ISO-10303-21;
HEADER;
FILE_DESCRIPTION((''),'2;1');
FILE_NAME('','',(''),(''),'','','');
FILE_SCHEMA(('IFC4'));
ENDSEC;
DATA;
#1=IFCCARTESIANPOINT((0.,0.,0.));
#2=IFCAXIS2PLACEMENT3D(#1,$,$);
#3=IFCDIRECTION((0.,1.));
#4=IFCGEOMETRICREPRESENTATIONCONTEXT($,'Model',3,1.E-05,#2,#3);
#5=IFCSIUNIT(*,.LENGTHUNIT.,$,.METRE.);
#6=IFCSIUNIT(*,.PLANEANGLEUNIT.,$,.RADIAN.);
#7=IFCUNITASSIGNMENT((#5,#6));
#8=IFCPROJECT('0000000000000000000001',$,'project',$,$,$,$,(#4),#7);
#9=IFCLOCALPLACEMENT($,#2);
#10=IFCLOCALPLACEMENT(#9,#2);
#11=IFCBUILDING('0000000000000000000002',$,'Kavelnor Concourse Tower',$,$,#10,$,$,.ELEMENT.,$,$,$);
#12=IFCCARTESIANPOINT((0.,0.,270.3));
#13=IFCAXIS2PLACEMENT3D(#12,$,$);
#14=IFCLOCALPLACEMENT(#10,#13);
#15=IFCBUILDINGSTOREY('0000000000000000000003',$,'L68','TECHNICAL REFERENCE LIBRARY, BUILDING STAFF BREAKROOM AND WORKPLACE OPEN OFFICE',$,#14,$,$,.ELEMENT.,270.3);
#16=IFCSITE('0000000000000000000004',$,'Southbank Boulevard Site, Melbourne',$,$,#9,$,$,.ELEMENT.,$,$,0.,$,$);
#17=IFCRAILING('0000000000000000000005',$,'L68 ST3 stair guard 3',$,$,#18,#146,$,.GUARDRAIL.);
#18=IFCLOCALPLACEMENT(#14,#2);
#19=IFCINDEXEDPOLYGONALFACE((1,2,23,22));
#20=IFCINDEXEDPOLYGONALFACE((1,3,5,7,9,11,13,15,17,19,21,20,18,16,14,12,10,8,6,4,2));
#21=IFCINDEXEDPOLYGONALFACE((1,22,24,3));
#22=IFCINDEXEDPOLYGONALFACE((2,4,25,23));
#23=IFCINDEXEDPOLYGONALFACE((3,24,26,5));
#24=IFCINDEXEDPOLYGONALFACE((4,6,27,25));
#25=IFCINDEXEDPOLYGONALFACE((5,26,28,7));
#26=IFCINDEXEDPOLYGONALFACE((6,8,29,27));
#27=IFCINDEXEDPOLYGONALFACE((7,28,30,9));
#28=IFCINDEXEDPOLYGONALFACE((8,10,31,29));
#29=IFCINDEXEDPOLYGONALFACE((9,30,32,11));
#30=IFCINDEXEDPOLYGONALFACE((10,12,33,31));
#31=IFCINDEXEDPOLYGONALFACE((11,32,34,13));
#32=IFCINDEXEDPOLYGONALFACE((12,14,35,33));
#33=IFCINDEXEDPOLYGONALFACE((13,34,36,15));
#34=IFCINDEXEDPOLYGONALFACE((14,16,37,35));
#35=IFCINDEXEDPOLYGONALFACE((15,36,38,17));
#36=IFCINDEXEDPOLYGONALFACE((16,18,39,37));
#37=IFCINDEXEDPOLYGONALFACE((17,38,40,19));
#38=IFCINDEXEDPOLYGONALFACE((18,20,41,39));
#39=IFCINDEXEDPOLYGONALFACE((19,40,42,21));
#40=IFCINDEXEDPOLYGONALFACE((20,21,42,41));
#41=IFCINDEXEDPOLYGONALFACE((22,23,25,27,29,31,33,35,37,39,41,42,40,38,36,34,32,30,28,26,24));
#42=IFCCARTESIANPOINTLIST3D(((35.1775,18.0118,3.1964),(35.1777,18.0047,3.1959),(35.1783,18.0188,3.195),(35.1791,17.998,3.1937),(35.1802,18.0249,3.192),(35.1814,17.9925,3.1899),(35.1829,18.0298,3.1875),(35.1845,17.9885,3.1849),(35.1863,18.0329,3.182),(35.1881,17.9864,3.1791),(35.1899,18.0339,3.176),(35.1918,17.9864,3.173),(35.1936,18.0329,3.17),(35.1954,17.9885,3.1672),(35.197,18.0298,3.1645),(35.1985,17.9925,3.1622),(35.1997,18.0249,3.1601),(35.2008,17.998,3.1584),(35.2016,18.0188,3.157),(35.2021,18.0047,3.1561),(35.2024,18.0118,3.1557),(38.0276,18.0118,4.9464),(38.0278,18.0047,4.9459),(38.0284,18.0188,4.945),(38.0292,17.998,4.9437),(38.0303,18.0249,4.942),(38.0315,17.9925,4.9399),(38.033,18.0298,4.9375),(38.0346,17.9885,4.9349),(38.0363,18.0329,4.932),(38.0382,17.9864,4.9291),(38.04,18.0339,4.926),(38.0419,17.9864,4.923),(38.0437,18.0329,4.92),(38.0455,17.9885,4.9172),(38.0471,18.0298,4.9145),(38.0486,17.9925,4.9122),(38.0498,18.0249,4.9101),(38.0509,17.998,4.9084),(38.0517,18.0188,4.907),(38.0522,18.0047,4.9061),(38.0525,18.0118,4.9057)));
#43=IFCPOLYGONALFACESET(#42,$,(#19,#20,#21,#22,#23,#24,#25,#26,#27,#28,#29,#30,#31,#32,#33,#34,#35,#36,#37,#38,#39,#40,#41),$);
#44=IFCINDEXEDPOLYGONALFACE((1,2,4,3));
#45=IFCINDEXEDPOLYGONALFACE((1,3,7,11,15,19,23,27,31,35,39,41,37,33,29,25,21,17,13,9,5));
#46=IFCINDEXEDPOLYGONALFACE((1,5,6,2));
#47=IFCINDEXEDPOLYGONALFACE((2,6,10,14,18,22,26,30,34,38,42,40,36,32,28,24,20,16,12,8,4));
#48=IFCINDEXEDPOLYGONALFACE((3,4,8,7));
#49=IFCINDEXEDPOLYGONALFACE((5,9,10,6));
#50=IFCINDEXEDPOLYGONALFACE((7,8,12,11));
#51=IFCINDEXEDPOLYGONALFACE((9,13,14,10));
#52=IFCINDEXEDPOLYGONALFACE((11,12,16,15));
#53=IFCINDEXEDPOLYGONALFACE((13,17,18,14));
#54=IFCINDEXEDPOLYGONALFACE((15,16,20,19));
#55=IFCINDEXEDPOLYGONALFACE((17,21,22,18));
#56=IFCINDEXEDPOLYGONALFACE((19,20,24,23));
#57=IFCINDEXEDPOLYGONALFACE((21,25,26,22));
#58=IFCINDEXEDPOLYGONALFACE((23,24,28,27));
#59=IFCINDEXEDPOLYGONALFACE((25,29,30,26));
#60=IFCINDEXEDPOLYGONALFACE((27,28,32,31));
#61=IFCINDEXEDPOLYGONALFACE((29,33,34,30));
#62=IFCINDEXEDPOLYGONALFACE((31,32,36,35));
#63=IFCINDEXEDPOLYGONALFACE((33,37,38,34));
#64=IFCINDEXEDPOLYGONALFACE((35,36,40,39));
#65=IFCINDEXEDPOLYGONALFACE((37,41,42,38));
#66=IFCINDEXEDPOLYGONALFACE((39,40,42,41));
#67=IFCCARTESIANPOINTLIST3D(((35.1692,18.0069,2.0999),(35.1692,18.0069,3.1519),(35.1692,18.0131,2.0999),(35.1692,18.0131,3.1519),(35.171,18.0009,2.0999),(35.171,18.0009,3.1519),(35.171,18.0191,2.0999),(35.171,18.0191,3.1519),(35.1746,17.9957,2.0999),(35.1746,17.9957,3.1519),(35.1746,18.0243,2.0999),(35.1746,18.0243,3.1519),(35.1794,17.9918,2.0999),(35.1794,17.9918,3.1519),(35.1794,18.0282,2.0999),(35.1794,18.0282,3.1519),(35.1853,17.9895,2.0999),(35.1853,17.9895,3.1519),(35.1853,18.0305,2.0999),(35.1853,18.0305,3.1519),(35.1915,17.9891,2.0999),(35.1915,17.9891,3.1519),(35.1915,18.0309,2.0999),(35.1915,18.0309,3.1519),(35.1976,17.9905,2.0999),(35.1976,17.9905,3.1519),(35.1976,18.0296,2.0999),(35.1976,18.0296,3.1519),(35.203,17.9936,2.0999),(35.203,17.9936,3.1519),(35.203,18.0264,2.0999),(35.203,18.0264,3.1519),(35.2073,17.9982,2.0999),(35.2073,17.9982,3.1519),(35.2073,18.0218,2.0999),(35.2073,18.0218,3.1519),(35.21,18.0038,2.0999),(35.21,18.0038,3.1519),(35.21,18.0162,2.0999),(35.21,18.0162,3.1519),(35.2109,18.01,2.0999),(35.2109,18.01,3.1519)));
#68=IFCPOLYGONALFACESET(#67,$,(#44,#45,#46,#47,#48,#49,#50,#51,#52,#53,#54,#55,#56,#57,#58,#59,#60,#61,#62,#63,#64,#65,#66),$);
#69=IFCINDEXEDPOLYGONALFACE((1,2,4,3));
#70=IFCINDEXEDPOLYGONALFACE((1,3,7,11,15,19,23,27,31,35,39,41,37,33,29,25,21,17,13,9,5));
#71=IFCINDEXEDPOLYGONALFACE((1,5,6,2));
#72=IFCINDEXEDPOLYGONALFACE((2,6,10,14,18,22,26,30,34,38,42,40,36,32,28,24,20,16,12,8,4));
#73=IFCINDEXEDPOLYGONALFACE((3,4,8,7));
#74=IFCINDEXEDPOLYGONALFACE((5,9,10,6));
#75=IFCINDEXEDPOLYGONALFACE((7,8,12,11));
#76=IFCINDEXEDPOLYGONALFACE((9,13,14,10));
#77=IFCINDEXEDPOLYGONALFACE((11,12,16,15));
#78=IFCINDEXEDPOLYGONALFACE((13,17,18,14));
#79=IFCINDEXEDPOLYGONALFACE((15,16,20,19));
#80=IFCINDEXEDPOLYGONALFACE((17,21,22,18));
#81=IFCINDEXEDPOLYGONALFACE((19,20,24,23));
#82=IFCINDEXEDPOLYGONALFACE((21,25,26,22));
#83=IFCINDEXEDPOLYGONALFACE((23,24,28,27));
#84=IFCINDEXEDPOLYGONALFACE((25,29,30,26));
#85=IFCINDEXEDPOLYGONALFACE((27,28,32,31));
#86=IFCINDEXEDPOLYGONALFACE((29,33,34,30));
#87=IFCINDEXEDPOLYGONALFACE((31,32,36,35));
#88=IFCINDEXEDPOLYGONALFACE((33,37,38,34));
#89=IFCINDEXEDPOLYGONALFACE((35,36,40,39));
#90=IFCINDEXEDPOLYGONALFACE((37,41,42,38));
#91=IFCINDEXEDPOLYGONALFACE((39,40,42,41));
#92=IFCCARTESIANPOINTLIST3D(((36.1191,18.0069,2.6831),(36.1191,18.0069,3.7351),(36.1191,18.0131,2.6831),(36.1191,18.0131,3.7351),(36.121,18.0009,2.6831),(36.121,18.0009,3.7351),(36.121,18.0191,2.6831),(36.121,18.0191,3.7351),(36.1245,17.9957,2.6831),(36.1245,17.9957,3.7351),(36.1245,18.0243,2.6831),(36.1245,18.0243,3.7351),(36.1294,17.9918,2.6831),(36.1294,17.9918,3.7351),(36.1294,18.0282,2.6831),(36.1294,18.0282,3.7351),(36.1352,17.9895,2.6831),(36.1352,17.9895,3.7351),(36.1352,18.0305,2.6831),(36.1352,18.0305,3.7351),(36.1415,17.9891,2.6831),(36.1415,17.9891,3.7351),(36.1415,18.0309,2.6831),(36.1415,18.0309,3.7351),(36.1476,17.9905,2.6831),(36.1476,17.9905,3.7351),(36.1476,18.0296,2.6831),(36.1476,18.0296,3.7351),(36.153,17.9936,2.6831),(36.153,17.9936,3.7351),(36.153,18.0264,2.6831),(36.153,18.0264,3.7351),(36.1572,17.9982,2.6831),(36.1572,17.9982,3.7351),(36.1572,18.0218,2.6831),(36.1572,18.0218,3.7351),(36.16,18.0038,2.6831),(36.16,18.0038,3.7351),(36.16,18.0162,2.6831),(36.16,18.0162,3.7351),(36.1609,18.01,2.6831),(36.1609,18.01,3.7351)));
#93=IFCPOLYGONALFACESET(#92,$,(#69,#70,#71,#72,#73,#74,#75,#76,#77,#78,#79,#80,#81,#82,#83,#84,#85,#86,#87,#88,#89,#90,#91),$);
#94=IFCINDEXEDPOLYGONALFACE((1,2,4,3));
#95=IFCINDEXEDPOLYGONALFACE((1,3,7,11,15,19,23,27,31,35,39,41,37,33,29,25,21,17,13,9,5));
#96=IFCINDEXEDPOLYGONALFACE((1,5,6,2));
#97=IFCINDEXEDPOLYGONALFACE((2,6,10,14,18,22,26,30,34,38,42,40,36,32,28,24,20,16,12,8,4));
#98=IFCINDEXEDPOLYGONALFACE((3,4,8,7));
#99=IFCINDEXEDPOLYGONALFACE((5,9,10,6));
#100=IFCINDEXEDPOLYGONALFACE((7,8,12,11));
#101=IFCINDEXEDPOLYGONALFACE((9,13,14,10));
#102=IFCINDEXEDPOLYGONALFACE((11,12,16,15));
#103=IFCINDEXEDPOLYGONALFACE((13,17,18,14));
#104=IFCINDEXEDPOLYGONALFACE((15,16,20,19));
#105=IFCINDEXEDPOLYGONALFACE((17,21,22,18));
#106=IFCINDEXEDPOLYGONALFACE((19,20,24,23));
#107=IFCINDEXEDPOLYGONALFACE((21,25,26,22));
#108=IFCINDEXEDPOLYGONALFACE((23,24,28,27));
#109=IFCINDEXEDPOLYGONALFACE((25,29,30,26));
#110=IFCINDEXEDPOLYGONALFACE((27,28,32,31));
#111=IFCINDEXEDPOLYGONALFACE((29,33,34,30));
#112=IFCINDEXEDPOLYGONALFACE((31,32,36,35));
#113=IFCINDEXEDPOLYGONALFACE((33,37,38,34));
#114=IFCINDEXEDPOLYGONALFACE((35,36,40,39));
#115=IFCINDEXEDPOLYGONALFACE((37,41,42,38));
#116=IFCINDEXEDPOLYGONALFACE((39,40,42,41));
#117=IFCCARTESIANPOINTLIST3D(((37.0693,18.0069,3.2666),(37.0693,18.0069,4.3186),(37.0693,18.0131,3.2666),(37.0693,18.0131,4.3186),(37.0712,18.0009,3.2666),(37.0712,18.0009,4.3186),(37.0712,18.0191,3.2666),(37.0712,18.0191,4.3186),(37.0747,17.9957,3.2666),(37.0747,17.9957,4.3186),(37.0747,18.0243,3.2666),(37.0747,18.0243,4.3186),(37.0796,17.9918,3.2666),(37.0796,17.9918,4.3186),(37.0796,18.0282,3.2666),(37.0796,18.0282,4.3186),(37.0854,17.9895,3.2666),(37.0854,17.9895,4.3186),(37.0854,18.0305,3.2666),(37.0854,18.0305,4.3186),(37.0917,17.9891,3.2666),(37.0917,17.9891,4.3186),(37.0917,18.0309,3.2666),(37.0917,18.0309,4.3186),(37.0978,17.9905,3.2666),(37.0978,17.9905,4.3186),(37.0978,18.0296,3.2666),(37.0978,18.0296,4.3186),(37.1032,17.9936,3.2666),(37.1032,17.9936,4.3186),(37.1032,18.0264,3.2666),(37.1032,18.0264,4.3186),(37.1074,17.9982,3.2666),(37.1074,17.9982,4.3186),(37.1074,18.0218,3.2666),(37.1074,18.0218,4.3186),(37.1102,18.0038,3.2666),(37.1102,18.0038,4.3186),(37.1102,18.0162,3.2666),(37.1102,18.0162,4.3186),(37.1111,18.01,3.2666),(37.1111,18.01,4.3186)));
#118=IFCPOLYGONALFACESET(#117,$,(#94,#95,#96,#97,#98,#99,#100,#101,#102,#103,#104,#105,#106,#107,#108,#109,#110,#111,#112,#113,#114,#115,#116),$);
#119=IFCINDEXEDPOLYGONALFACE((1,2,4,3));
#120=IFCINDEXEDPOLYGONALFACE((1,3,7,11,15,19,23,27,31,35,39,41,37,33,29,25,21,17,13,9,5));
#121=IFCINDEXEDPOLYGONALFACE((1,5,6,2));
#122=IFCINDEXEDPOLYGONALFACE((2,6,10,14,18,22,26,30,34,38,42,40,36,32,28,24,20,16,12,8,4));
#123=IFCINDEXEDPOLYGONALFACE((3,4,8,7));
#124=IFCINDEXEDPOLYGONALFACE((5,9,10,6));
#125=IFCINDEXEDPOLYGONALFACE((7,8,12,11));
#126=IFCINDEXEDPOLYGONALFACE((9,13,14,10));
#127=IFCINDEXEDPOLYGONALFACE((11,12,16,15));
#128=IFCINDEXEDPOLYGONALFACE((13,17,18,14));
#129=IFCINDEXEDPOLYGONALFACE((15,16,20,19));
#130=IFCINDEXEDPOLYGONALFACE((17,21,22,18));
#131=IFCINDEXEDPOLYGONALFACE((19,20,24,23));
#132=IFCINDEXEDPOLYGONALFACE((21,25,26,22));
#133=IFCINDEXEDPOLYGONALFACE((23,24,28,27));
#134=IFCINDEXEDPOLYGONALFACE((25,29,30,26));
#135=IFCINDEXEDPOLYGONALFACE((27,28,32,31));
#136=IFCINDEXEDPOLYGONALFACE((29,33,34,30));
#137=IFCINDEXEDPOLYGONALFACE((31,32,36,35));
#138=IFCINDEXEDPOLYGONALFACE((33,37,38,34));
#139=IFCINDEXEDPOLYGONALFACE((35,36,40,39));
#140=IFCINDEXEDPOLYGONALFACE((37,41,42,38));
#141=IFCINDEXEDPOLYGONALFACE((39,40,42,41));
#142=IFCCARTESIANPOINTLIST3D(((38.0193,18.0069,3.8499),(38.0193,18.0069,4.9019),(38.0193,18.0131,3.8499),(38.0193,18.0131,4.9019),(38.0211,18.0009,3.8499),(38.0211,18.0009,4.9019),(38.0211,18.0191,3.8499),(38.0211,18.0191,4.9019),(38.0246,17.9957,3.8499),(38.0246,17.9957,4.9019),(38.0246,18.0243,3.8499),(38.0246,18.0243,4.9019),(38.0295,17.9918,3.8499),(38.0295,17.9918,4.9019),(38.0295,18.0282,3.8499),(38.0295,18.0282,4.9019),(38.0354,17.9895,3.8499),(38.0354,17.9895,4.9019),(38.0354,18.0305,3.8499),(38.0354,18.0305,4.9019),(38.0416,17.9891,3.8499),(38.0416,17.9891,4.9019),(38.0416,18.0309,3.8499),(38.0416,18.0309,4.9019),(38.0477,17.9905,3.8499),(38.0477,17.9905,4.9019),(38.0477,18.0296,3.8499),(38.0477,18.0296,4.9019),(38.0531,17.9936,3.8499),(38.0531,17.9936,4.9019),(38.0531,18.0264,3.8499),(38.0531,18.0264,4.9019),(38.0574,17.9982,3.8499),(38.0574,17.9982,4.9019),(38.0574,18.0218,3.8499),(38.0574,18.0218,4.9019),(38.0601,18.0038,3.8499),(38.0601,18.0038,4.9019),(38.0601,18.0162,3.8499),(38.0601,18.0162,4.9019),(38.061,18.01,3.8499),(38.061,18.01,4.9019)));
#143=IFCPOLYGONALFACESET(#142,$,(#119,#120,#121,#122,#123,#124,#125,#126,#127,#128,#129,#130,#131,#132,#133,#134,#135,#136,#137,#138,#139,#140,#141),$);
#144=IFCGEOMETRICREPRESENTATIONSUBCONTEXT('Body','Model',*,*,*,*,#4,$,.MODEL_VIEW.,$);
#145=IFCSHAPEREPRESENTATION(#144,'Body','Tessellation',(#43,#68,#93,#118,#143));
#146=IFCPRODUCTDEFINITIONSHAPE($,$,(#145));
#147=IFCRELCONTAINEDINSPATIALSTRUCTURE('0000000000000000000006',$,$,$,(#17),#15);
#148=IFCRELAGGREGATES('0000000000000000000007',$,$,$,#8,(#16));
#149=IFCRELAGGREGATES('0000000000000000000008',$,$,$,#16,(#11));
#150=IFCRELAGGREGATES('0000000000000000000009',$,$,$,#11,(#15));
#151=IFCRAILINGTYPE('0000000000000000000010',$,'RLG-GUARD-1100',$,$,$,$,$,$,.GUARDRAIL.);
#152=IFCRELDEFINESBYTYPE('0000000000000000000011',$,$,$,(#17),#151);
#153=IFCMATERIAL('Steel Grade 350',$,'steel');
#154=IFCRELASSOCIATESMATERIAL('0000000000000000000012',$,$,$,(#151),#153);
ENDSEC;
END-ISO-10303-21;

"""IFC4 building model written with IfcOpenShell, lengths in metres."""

from ifc_helpers import new_model, si_unit, direction, frame, origin, origin_2d, place, context, subcontext, project, spatial, circle, extrude, material, type_object, element, save


model = new_model("IFC4")

# Units and contexts
model_context = context("Model", 3, precision=1e-05, world=origin(), true_north=direction((0.0, 1.0)))
body_context = subcontext(model_context, "Body", "Model", "MODEL_VIEW")
ifc_project = project(units=[si_unit("LENGTHUNIT", "METRE"), si_unit("PLANEANGLEUNIT", "RADIAN")], contexts=[model_context])

# Site, building, storey
site_placement = place(None, origin())
site = spatial("IfcSite", under=ifc_project, at=site_placement, Name="Southbank Boulevard Site, Melbourne", CompositionType="ELEMENT", RefElevation=0.0)
building_placement = place(site_placement, origin())
building = spatial("IfcBuilding", under=site, at=building_placement, Name="Kavelnor Concourse Tower", CompositionType="ELEMENT")
storey_placement = place(building_placement, frame((0.0, 0.0, 270.3)))
storey = spatial("IfcBuildingStorey", under=building, at=storey_placement, Name="L68", Description="TECHNICAL REFERENCE LIBRARY, BUILDING STAFF BREAKROOM AND WORKPLACE OPEN OFFICE", CompositionType="ELEMENT", Elevation=270.3)

# Shared definitions
ifc_material_1 = material(Name="Steel Grade 350", Category="steel")

# Railing
railing_type_1 = type_object("IfcRailingType", Name="RLG-GUARD-1100", PredefinedType="GUARDRAIL", material=ifc_material_1)
railing_1_placement = place(storey_placement, frame((35.1899, 18.01, 2.0999)))
element("IfcRailing", 1, at=railing_1_placement, inside=storey, type_object=railing_type_1, Name="L68 ST3 stair guard 3", PredefinedType="GUARDRAIL", context=body_context, shape_type="SweptSolid", body=[
    extrude(circle(Radius=0.0239, at=origin_2d()), frame((0.0, 0.0, 1.0762), z_axis=(0.852179, 0.0, 0.52325), x_axis=(0.0, 1.0, 0.0)), (0.0, 0.0, 1.0), 3.3445),
    extrude(circle(Radius=0.021, at=origin_2d()), origin(), (0.0, 0.0, 1.0), 1.052),
    extrude(circle(Radius=0.021, at=origin_2d()), frame((0.95, 0.0, 0.5833)), (0.0, 0.0, 1.0), 1.052),
    extrude(circle(Radius=0.021, at=origin_2d()), frame((1.9001, 0.0, 1.1667)), (0.0, 0.0, 1.0), 1.052),
    extrude(circle(Radius=0.021, at=origin_2d()), frame((2.8501, 0.0, 1.75)), (0.0, 0.0, 1.0), 1.052),
])

save(model, "model.ifc")
